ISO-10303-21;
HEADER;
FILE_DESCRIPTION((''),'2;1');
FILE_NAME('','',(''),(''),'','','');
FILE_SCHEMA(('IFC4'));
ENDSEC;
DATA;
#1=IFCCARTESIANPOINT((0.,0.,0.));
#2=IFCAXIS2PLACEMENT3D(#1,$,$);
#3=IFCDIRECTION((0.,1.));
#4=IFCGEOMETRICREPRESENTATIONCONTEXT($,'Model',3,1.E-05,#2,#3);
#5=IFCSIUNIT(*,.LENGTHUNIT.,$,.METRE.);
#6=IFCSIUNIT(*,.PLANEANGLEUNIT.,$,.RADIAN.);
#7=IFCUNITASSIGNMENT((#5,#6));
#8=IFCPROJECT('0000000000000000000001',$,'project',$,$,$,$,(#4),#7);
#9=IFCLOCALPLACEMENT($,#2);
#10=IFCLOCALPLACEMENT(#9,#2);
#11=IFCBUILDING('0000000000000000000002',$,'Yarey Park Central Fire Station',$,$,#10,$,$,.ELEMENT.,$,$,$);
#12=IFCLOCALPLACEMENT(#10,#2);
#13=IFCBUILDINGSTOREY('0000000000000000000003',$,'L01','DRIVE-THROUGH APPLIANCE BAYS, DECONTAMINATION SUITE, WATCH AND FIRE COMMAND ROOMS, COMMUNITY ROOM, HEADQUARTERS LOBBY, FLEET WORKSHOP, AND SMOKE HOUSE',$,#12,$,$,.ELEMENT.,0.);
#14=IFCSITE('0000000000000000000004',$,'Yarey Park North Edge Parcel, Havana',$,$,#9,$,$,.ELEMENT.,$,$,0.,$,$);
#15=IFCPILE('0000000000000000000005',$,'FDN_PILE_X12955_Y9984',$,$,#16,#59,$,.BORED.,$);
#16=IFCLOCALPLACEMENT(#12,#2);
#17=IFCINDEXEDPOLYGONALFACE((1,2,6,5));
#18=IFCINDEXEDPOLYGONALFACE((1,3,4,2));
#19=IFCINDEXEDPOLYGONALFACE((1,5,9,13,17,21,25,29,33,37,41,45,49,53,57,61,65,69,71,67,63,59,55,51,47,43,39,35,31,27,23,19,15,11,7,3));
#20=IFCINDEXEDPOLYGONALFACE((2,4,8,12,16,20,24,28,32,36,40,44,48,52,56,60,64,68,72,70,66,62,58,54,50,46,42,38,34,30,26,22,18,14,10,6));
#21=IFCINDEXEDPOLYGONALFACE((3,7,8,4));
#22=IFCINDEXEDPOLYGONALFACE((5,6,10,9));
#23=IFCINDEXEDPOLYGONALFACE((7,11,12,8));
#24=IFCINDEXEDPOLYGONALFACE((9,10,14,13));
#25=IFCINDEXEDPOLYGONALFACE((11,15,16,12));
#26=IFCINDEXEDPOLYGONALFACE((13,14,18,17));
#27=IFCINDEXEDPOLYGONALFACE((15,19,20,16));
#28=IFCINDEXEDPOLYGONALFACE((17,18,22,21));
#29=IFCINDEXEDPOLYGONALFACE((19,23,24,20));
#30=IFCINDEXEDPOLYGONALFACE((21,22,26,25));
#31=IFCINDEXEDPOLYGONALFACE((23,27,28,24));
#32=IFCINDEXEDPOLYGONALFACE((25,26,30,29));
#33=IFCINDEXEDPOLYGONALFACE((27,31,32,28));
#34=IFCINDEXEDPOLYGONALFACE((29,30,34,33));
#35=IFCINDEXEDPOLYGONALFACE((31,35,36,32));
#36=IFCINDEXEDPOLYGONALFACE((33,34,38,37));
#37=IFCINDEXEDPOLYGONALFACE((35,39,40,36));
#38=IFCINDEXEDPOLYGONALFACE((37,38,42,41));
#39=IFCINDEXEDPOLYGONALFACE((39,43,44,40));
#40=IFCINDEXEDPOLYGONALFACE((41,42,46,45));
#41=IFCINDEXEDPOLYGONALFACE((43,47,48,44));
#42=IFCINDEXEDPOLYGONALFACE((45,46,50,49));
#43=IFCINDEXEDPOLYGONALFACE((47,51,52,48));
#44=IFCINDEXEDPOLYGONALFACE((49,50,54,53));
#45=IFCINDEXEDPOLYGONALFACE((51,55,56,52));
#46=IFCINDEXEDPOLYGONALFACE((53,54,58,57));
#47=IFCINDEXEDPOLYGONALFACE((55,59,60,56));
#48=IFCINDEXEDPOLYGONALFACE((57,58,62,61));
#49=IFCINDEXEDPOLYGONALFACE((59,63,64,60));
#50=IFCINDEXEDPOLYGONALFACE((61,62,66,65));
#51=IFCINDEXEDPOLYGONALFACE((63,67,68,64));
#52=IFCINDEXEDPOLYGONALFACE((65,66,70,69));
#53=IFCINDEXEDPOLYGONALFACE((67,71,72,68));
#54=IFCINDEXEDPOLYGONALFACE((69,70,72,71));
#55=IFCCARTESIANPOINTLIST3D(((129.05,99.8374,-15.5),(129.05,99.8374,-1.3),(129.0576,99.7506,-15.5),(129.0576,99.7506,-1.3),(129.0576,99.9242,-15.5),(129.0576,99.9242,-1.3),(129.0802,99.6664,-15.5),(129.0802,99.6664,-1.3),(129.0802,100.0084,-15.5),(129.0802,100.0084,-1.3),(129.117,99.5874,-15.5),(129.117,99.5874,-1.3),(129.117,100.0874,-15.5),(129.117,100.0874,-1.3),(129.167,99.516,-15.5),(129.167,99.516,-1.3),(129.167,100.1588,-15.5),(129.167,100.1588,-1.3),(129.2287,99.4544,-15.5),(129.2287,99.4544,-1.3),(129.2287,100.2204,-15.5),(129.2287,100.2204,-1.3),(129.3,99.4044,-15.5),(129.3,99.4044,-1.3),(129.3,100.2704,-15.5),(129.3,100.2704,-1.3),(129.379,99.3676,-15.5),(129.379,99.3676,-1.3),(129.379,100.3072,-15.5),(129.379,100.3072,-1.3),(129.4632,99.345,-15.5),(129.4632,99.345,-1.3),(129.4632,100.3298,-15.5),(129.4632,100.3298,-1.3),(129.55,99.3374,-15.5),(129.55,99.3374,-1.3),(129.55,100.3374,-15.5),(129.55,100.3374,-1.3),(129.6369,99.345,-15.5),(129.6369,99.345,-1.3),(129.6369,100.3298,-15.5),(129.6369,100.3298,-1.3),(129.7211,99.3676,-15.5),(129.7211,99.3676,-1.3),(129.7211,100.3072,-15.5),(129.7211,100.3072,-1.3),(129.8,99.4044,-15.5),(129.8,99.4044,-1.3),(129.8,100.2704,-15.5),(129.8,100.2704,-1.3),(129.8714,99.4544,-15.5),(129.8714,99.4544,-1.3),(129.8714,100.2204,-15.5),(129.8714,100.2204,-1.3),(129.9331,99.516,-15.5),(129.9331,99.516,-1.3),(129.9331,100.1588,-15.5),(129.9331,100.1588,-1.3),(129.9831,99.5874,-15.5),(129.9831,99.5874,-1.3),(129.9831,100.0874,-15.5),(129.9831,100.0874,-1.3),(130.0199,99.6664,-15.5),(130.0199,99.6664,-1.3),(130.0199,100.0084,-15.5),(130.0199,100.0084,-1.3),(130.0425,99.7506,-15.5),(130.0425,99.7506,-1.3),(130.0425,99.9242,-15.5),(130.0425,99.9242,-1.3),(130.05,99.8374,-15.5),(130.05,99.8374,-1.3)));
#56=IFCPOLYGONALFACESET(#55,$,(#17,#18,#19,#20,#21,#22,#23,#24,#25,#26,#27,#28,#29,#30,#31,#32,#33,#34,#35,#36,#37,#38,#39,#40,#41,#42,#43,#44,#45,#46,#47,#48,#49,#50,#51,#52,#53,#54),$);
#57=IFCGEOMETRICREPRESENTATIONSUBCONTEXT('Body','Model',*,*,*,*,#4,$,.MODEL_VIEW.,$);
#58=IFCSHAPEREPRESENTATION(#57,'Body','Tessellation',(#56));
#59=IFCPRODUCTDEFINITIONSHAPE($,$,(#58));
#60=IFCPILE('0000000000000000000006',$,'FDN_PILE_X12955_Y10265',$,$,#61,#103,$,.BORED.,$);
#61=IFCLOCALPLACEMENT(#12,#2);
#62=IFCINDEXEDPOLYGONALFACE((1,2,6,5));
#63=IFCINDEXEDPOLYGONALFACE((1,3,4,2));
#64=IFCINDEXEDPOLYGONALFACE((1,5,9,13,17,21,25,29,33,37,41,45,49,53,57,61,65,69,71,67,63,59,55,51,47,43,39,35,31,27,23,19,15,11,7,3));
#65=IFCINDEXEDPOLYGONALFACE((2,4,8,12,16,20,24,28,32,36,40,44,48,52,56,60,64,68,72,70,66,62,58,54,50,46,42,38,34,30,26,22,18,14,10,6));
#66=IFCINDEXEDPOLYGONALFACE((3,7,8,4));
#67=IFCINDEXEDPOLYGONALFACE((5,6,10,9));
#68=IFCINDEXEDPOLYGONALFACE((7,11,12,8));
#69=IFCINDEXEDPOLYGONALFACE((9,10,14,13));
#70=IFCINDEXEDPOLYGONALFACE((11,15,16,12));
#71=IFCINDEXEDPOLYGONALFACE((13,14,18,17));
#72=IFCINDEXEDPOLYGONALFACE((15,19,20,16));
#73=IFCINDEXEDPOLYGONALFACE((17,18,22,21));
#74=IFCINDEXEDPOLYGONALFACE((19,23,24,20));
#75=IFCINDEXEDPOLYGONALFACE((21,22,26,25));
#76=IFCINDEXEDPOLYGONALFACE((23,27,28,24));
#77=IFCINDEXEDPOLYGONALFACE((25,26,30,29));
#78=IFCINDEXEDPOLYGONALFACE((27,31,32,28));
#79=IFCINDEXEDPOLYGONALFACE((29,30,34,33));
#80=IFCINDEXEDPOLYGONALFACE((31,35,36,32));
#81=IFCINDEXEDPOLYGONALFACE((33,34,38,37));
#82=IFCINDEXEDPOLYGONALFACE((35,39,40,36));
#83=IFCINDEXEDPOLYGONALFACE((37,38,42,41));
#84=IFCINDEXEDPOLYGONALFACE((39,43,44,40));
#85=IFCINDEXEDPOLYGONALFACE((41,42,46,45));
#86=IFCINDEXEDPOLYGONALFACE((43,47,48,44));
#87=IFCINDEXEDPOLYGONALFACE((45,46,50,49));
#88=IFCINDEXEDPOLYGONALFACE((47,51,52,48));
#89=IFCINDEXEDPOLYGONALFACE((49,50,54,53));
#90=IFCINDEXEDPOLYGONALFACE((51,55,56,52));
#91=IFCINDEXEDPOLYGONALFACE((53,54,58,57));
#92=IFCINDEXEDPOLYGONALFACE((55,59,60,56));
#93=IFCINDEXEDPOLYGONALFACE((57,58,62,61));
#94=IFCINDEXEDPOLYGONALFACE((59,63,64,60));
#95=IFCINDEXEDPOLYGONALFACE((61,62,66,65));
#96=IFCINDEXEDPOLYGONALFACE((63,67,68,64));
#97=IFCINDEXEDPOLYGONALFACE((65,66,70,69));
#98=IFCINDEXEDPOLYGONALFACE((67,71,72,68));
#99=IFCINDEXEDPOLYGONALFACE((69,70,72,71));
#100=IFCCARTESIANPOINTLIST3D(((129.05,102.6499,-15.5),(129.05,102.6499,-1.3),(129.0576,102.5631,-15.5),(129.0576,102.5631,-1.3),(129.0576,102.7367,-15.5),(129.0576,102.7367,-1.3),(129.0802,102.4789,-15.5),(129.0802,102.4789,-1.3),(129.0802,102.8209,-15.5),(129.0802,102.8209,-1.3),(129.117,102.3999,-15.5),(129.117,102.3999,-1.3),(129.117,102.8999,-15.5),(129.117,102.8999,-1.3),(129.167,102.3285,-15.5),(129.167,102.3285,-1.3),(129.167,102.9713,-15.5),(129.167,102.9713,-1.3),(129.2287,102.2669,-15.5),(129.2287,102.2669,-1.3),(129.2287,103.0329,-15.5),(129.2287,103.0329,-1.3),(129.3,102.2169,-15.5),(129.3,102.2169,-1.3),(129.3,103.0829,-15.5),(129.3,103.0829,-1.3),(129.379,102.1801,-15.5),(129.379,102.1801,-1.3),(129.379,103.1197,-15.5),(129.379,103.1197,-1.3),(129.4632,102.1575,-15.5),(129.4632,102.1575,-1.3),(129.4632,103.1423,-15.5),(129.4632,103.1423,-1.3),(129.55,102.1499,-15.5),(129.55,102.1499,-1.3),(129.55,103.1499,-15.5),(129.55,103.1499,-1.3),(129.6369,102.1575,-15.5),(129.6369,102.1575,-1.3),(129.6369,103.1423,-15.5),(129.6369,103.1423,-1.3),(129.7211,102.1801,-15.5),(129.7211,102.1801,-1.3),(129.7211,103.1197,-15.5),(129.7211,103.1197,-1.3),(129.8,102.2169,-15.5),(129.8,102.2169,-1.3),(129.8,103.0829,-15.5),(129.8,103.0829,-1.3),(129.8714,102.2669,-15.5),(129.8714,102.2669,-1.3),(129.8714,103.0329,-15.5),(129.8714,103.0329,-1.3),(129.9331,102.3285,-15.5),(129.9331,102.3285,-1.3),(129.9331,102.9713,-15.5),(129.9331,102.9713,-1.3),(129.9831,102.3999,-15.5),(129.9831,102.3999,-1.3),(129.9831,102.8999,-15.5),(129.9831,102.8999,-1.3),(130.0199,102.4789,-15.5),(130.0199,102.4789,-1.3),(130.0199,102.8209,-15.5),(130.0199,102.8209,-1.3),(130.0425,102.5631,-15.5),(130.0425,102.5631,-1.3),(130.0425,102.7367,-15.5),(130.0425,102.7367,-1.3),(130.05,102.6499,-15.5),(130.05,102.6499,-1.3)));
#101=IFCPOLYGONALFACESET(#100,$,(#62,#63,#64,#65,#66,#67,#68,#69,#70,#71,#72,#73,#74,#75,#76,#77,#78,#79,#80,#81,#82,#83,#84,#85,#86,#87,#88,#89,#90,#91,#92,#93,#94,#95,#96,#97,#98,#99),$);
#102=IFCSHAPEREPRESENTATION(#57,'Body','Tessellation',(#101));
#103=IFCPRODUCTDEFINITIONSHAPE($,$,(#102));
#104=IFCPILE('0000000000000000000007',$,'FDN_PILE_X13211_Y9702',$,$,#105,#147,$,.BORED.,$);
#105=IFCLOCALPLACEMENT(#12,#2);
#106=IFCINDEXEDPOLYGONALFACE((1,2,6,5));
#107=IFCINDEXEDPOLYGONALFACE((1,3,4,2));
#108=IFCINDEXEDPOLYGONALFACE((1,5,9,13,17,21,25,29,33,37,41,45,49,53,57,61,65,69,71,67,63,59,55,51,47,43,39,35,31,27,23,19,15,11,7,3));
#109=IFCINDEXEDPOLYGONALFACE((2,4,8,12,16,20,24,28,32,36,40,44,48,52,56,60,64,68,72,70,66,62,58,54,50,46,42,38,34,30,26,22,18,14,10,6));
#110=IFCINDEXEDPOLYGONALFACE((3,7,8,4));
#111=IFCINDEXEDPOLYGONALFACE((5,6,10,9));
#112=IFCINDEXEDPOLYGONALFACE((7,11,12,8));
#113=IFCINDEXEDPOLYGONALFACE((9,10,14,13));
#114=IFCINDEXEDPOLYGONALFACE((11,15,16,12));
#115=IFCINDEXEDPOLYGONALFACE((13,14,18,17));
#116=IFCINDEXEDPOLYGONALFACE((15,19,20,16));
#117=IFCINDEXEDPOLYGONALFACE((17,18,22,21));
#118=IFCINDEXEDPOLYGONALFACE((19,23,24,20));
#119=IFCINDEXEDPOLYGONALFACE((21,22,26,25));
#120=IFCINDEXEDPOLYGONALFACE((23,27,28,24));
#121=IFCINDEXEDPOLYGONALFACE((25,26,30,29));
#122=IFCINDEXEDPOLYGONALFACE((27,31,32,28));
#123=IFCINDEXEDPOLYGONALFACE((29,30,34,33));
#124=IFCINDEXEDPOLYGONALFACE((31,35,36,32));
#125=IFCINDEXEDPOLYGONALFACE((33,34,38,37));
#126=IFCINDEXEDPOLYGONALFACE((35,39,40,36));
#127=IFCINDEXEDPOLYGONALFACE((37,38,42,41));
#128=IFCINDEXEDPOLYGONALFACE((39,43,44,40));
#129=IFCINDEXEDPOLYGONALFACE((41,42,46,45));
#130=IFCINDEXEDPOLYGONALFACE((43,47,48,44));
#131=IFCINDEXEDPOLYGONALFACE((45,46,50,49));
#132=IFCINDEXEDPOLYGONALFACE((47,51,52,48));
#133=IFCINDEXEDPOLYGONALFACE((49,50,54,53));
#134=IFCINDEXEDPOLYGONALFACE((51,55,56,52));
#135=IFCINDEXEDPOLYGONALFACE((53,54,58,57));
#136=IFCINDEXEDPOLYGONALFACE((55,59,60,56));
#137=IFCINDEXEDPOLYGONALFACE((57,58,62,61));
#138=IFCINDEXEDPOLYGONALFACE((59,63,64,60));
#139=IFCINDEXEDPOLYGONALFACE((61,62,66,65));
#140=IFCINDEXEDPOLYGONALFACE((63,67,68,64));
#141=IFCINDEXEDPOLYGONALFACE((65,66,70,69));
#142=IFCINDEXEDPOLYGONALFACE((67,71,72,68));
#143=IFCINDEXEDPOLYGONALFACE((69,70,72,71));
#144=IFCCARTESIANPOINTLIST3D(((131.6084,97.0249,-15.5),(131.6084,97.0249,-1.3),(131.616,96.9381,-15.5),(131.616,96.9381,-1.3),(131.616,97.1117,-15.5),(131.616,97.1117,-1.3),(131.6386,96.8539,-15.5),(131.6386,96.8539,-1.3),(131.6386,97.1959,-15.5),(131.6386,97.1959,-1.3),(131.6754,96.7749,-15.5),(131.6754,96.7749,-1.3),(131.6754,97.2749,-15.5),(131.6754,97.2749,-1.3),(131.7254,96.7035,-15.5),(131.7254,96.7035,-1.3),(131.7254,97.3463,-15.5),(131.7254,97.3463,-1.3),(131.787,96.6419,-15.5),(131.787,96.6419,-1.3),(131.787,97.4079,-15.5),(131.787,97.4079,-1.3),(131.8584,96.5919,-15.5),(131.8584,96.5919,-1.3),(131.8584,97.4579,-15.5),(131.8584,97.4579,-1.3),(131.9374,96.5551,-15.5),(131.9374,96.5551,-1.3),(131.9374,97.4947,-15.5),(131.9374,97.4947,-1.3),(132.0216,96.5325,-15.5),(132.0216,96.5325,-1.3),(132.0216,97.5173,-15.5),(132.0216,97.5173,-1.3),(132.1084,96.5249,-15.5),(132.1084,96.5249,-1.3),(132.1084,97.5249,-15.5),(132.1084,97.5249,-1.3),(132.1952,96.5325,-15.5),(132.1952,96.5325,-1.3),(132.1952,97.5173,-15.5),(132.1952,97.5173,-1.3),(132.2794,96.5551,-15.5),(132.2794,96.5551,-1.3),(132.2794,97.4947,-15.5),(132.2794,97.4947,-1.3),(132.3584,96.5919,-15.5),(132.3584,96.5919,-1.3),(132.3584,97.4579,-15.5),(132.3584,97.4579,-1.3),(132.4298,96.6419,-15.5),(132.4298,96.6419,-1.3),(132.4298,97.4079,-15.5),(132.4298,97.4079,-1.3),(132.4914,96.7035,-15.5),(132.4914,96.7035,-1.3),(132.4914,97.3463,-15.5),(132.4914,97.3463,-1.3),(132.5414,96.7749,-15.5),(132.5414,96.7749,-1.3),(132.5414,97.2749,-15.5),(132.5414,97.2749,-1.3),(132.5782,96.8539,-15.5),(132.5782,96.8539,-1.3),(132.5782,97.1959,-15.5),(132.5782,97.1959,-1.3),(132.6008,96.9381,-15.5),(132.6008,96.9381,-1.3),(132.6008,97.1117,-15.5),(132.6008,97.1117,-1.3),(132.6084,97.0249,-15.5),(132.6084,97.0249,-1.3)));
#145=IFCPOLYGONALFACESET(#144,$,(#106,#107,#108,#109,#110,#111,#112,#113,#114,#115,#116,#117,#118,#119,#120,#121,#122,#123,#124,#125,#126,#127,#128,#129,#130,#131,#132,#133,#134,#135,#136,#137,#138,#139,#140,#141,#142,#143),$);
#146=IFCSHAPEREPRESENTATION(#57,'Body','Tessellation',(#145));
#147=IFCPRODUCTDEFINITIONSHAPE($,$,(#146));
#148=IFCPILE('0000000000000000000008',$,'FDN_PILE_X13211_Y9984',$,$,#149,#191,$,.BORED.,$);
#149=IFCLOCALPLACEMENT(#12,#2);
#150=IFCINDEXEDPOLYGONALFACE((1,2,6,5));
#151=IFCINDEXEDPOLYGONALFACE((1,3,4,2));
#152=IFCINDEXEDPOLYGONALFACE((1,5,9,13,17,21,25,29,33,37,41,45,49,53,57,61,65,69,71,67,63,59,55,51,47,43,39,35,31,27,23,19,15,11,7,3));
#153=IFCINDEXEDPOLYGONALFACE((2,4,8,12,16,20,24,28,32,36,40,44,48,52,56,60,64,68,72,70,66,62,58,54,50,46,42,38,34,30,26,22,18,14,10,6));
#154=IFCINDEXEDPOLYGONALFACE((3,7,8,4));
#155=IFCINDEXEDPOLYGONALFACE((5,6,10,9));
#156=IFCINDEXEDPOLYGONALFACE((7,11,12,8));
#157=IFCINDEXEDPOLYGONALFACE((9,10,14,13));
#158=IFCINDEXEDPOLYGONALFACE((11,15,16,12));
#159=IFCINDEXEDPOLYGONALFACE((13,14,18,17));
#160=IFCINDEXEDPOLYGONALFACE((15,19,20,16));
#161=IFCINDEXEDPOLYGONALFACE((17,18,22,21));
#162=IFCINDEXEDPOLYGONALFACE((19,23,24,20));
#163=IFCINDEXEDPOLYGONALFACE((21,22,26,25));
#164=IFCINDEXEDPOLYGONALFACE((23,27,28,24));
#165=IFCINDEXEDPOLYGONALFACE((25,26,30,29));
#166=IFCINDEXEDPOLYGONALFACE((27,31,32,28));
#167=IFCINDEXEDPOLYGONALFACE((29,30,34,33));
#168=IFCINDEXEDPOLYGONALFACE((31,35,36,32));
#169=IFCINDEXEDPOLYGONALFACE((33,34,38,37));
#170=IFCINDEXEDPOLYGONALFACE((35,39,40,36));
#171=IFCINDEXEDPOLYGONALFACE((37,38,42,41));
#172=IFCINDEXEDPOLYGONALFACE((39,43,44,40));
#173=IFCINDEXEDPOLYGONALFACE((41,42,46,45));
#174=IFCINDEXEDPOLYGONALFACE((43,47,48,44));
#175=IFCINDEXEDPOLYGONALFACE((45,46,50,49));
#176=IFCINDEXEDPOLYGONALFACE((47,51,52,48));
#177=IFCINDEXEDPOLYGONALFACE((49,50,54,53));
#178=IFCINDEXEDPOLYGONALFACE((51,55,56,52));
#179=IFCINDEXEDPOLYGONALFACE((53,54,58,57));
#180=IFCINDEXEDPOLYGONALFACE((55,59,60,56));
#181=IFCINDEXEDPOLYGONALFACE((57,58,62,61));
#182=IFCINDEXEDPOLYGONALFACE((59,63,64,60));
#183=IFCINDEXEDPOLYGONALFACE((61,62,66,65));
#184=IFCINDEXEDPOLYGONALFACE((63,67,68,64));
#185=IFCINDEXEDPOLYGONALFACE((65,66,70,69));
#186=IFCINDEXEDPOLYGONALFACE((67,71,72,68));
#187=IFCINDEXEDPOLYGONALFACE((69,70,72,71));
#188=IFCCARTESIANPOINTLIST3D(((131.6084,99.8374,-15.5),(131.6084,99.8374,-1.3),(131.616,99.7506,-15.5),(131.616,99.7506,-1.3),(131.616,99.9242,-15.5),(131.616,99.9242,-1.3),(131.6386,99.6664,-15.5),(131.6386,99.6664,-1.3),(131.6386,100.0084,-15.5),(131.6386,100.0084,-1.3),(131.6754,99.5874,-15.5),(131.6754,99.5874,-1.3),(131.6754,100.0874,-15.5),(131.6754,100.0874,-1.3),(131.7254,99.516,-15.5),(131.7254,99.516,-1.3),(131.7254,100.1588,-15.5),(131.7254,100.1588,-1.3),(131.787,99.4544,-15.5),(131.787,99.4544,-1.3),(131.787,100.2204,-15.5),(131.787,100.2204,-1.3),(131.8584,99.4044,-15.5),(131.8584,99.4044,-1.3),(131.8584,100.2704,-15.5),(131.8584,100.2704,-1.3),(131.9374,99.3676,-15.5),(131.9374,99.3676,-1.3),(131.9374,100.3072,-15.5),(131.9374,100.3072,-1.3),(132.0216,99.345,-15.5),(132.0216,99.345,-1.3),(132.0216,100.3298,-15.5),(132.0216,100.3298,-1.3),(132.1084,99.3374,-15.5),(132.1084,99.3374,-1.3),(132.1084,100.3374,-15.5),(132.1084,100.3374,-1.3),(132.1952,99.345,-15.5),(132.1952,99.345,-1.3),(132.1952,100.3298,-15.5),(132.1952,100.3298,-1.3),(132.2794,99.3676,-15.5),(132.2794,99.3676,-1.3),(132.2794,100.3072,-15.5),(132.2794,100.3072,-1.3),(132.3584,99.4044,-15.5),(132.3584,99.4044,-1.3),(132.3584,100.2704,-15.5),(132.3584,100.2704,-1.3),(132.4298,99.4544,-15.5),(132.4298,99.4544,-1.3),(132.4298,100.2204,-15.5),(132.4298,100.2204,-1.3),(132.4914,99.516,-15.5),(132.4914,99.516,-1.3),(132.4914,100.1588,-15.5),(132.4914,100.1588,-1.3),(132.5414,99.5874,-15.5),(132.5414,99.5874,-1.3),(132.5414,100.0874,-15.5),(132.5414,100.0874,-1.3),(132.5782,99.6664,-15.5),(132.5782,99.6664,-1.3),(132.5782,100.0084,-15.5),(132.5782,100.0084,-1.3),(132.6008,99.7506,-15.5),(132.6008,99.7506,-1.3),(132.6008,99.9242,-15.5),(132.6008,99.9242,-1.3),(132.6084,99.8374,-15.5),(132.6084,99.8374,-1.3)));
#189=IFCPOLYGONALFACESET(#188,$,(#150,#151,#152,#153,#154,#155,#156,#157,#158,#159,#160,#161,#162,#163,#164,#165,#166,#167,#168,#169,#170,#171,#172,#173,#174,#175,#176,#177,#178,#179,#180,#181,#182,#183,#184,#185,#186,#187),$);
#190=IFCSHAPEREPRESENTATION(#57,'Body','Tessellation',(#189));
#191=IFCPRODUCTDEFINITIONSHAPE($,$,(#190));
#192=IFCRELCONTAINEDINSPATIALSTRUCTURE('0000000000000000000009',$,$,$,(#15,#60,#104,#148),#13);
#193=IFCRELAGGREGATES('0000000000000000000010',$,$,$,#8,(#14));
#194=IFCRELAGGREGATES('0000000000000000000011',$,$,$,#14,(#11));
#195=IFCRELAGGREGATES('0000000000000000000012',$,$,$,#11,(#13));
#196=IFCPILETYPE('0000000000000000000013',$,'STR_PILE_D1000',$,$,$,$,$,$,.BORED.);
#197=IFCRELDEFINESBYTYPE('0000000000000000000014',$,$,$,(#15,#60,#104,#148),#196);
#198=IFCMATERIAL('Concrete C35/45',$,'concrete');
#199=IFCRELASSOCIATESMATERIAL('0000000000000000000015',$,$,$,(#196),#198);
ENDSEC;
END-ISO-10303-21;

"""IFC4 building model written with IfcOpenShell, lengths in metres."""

from ifc_helpers import new_model, si_unit, direction, frame, origin, origin_2d, place, context, subcontext, project, spatial, circle, extrude, material, material_profile, profile_set, type_object, element, save


model = new_model("IFC4")

# Units and contexts
model_context = context("Model", 3, precision=1e-05, world=origin(), true_north=direction((0.0, 1.0)))
body_context = subcontext(model_context, "Body", "Model", "MODEL_VIEW")
ifc_project = project(units=[si_unit("LENGTHUNIT", "METRE"), si_unit("PLANEANGLEUNIT", "RADIAN")], contexts=[model_context])

# Site, building, storey
site_placement = place(None, origin())
site = spatial("IfcSite", under=ifc_project, at=site_placement, Name="Yarey Park North Edge Parcel, Havana", CompositionType="ELEMENT", RefElevation=0.0)
building_placement = place(site_placement, origin())
building = spatial("IfcBuilding", under=site, at=building_placement, Name="Yarey Park Central Fire Station", CompositionType="ELEMENT")
storey_placement = place(building_placement, origin())
storey = spatial("IfcBuildingStorey", under=building, at=storey_placement, Name="L01", Description="DRIVE-THROUGH APPLIANCE BAYS, DECONTAMINATION SUITE, WATCH AND FIRE COMMAND ROOMS, COMMUNITY ROOM, HEADQUARTERS LOBBY, FLEET WORKSHOP, AND SMOKE HOUSE", CompositionType="ELEMENT", Elevation=0.0)

# Shared definitions
ifc_material_1 = material(Name="Concrete C35/45", Category="concrete")

# Piles
ifc_material_profile_1 = material_profile(ifc_material_1, circle(Radius=0.5, at=origin_2d()), Name="BORED PILE D1000")
ifc_profile_set_1 = profile_set([ifc_material_profile_1], Name="Concrete C35/45")
pile_type = type_object("IfcPileType", Name="STR_PILE_D1000", PredefinedType="BORED", material=ifc_profile_set_1)
for number, where, z_axis, x_axis, name in (
    (1, (129.55, 99.8374, -1.3), (0.0, 0.0, -1.0), (1.0, 0.0, 0.0), "FDN_PILE_X12955_Y9984"),
    (2, (129.55, 102.6499, -1.3), (0.0, 0.0, -1.0), (1.0, 0.0, 0.0), "FDN_PILE_X12955_Y10265"),
    (3, (132.1084, 97.0249, -1.3), (0.0, 0.0, -1.0), (1.0, 0.0, 0.0), "FDN_PILE_X13211_Y9702"),
    (4, (132.1084, 99.8374, -1.3), (0.0, 0.0, -1.0), (1.0, 0.0, 0.0), "FDN_PILE_X13211_Y9984"),
):
    element("IfcPile", number, at=place(storey_placement, frame(where, z_axis=z_axis, x_axis=x_axis)), inside=storey, type_object=pile_type, Name=name, PredefinedType="BORED", context=body_context, shape_type="SweptSolid", body=[
        extrude(circle(Radius=0.5, at=origin_2d()), origin(), (0.0, 0.0, 1.0), 14.2),
    ])

save(model, "model.ifc")
